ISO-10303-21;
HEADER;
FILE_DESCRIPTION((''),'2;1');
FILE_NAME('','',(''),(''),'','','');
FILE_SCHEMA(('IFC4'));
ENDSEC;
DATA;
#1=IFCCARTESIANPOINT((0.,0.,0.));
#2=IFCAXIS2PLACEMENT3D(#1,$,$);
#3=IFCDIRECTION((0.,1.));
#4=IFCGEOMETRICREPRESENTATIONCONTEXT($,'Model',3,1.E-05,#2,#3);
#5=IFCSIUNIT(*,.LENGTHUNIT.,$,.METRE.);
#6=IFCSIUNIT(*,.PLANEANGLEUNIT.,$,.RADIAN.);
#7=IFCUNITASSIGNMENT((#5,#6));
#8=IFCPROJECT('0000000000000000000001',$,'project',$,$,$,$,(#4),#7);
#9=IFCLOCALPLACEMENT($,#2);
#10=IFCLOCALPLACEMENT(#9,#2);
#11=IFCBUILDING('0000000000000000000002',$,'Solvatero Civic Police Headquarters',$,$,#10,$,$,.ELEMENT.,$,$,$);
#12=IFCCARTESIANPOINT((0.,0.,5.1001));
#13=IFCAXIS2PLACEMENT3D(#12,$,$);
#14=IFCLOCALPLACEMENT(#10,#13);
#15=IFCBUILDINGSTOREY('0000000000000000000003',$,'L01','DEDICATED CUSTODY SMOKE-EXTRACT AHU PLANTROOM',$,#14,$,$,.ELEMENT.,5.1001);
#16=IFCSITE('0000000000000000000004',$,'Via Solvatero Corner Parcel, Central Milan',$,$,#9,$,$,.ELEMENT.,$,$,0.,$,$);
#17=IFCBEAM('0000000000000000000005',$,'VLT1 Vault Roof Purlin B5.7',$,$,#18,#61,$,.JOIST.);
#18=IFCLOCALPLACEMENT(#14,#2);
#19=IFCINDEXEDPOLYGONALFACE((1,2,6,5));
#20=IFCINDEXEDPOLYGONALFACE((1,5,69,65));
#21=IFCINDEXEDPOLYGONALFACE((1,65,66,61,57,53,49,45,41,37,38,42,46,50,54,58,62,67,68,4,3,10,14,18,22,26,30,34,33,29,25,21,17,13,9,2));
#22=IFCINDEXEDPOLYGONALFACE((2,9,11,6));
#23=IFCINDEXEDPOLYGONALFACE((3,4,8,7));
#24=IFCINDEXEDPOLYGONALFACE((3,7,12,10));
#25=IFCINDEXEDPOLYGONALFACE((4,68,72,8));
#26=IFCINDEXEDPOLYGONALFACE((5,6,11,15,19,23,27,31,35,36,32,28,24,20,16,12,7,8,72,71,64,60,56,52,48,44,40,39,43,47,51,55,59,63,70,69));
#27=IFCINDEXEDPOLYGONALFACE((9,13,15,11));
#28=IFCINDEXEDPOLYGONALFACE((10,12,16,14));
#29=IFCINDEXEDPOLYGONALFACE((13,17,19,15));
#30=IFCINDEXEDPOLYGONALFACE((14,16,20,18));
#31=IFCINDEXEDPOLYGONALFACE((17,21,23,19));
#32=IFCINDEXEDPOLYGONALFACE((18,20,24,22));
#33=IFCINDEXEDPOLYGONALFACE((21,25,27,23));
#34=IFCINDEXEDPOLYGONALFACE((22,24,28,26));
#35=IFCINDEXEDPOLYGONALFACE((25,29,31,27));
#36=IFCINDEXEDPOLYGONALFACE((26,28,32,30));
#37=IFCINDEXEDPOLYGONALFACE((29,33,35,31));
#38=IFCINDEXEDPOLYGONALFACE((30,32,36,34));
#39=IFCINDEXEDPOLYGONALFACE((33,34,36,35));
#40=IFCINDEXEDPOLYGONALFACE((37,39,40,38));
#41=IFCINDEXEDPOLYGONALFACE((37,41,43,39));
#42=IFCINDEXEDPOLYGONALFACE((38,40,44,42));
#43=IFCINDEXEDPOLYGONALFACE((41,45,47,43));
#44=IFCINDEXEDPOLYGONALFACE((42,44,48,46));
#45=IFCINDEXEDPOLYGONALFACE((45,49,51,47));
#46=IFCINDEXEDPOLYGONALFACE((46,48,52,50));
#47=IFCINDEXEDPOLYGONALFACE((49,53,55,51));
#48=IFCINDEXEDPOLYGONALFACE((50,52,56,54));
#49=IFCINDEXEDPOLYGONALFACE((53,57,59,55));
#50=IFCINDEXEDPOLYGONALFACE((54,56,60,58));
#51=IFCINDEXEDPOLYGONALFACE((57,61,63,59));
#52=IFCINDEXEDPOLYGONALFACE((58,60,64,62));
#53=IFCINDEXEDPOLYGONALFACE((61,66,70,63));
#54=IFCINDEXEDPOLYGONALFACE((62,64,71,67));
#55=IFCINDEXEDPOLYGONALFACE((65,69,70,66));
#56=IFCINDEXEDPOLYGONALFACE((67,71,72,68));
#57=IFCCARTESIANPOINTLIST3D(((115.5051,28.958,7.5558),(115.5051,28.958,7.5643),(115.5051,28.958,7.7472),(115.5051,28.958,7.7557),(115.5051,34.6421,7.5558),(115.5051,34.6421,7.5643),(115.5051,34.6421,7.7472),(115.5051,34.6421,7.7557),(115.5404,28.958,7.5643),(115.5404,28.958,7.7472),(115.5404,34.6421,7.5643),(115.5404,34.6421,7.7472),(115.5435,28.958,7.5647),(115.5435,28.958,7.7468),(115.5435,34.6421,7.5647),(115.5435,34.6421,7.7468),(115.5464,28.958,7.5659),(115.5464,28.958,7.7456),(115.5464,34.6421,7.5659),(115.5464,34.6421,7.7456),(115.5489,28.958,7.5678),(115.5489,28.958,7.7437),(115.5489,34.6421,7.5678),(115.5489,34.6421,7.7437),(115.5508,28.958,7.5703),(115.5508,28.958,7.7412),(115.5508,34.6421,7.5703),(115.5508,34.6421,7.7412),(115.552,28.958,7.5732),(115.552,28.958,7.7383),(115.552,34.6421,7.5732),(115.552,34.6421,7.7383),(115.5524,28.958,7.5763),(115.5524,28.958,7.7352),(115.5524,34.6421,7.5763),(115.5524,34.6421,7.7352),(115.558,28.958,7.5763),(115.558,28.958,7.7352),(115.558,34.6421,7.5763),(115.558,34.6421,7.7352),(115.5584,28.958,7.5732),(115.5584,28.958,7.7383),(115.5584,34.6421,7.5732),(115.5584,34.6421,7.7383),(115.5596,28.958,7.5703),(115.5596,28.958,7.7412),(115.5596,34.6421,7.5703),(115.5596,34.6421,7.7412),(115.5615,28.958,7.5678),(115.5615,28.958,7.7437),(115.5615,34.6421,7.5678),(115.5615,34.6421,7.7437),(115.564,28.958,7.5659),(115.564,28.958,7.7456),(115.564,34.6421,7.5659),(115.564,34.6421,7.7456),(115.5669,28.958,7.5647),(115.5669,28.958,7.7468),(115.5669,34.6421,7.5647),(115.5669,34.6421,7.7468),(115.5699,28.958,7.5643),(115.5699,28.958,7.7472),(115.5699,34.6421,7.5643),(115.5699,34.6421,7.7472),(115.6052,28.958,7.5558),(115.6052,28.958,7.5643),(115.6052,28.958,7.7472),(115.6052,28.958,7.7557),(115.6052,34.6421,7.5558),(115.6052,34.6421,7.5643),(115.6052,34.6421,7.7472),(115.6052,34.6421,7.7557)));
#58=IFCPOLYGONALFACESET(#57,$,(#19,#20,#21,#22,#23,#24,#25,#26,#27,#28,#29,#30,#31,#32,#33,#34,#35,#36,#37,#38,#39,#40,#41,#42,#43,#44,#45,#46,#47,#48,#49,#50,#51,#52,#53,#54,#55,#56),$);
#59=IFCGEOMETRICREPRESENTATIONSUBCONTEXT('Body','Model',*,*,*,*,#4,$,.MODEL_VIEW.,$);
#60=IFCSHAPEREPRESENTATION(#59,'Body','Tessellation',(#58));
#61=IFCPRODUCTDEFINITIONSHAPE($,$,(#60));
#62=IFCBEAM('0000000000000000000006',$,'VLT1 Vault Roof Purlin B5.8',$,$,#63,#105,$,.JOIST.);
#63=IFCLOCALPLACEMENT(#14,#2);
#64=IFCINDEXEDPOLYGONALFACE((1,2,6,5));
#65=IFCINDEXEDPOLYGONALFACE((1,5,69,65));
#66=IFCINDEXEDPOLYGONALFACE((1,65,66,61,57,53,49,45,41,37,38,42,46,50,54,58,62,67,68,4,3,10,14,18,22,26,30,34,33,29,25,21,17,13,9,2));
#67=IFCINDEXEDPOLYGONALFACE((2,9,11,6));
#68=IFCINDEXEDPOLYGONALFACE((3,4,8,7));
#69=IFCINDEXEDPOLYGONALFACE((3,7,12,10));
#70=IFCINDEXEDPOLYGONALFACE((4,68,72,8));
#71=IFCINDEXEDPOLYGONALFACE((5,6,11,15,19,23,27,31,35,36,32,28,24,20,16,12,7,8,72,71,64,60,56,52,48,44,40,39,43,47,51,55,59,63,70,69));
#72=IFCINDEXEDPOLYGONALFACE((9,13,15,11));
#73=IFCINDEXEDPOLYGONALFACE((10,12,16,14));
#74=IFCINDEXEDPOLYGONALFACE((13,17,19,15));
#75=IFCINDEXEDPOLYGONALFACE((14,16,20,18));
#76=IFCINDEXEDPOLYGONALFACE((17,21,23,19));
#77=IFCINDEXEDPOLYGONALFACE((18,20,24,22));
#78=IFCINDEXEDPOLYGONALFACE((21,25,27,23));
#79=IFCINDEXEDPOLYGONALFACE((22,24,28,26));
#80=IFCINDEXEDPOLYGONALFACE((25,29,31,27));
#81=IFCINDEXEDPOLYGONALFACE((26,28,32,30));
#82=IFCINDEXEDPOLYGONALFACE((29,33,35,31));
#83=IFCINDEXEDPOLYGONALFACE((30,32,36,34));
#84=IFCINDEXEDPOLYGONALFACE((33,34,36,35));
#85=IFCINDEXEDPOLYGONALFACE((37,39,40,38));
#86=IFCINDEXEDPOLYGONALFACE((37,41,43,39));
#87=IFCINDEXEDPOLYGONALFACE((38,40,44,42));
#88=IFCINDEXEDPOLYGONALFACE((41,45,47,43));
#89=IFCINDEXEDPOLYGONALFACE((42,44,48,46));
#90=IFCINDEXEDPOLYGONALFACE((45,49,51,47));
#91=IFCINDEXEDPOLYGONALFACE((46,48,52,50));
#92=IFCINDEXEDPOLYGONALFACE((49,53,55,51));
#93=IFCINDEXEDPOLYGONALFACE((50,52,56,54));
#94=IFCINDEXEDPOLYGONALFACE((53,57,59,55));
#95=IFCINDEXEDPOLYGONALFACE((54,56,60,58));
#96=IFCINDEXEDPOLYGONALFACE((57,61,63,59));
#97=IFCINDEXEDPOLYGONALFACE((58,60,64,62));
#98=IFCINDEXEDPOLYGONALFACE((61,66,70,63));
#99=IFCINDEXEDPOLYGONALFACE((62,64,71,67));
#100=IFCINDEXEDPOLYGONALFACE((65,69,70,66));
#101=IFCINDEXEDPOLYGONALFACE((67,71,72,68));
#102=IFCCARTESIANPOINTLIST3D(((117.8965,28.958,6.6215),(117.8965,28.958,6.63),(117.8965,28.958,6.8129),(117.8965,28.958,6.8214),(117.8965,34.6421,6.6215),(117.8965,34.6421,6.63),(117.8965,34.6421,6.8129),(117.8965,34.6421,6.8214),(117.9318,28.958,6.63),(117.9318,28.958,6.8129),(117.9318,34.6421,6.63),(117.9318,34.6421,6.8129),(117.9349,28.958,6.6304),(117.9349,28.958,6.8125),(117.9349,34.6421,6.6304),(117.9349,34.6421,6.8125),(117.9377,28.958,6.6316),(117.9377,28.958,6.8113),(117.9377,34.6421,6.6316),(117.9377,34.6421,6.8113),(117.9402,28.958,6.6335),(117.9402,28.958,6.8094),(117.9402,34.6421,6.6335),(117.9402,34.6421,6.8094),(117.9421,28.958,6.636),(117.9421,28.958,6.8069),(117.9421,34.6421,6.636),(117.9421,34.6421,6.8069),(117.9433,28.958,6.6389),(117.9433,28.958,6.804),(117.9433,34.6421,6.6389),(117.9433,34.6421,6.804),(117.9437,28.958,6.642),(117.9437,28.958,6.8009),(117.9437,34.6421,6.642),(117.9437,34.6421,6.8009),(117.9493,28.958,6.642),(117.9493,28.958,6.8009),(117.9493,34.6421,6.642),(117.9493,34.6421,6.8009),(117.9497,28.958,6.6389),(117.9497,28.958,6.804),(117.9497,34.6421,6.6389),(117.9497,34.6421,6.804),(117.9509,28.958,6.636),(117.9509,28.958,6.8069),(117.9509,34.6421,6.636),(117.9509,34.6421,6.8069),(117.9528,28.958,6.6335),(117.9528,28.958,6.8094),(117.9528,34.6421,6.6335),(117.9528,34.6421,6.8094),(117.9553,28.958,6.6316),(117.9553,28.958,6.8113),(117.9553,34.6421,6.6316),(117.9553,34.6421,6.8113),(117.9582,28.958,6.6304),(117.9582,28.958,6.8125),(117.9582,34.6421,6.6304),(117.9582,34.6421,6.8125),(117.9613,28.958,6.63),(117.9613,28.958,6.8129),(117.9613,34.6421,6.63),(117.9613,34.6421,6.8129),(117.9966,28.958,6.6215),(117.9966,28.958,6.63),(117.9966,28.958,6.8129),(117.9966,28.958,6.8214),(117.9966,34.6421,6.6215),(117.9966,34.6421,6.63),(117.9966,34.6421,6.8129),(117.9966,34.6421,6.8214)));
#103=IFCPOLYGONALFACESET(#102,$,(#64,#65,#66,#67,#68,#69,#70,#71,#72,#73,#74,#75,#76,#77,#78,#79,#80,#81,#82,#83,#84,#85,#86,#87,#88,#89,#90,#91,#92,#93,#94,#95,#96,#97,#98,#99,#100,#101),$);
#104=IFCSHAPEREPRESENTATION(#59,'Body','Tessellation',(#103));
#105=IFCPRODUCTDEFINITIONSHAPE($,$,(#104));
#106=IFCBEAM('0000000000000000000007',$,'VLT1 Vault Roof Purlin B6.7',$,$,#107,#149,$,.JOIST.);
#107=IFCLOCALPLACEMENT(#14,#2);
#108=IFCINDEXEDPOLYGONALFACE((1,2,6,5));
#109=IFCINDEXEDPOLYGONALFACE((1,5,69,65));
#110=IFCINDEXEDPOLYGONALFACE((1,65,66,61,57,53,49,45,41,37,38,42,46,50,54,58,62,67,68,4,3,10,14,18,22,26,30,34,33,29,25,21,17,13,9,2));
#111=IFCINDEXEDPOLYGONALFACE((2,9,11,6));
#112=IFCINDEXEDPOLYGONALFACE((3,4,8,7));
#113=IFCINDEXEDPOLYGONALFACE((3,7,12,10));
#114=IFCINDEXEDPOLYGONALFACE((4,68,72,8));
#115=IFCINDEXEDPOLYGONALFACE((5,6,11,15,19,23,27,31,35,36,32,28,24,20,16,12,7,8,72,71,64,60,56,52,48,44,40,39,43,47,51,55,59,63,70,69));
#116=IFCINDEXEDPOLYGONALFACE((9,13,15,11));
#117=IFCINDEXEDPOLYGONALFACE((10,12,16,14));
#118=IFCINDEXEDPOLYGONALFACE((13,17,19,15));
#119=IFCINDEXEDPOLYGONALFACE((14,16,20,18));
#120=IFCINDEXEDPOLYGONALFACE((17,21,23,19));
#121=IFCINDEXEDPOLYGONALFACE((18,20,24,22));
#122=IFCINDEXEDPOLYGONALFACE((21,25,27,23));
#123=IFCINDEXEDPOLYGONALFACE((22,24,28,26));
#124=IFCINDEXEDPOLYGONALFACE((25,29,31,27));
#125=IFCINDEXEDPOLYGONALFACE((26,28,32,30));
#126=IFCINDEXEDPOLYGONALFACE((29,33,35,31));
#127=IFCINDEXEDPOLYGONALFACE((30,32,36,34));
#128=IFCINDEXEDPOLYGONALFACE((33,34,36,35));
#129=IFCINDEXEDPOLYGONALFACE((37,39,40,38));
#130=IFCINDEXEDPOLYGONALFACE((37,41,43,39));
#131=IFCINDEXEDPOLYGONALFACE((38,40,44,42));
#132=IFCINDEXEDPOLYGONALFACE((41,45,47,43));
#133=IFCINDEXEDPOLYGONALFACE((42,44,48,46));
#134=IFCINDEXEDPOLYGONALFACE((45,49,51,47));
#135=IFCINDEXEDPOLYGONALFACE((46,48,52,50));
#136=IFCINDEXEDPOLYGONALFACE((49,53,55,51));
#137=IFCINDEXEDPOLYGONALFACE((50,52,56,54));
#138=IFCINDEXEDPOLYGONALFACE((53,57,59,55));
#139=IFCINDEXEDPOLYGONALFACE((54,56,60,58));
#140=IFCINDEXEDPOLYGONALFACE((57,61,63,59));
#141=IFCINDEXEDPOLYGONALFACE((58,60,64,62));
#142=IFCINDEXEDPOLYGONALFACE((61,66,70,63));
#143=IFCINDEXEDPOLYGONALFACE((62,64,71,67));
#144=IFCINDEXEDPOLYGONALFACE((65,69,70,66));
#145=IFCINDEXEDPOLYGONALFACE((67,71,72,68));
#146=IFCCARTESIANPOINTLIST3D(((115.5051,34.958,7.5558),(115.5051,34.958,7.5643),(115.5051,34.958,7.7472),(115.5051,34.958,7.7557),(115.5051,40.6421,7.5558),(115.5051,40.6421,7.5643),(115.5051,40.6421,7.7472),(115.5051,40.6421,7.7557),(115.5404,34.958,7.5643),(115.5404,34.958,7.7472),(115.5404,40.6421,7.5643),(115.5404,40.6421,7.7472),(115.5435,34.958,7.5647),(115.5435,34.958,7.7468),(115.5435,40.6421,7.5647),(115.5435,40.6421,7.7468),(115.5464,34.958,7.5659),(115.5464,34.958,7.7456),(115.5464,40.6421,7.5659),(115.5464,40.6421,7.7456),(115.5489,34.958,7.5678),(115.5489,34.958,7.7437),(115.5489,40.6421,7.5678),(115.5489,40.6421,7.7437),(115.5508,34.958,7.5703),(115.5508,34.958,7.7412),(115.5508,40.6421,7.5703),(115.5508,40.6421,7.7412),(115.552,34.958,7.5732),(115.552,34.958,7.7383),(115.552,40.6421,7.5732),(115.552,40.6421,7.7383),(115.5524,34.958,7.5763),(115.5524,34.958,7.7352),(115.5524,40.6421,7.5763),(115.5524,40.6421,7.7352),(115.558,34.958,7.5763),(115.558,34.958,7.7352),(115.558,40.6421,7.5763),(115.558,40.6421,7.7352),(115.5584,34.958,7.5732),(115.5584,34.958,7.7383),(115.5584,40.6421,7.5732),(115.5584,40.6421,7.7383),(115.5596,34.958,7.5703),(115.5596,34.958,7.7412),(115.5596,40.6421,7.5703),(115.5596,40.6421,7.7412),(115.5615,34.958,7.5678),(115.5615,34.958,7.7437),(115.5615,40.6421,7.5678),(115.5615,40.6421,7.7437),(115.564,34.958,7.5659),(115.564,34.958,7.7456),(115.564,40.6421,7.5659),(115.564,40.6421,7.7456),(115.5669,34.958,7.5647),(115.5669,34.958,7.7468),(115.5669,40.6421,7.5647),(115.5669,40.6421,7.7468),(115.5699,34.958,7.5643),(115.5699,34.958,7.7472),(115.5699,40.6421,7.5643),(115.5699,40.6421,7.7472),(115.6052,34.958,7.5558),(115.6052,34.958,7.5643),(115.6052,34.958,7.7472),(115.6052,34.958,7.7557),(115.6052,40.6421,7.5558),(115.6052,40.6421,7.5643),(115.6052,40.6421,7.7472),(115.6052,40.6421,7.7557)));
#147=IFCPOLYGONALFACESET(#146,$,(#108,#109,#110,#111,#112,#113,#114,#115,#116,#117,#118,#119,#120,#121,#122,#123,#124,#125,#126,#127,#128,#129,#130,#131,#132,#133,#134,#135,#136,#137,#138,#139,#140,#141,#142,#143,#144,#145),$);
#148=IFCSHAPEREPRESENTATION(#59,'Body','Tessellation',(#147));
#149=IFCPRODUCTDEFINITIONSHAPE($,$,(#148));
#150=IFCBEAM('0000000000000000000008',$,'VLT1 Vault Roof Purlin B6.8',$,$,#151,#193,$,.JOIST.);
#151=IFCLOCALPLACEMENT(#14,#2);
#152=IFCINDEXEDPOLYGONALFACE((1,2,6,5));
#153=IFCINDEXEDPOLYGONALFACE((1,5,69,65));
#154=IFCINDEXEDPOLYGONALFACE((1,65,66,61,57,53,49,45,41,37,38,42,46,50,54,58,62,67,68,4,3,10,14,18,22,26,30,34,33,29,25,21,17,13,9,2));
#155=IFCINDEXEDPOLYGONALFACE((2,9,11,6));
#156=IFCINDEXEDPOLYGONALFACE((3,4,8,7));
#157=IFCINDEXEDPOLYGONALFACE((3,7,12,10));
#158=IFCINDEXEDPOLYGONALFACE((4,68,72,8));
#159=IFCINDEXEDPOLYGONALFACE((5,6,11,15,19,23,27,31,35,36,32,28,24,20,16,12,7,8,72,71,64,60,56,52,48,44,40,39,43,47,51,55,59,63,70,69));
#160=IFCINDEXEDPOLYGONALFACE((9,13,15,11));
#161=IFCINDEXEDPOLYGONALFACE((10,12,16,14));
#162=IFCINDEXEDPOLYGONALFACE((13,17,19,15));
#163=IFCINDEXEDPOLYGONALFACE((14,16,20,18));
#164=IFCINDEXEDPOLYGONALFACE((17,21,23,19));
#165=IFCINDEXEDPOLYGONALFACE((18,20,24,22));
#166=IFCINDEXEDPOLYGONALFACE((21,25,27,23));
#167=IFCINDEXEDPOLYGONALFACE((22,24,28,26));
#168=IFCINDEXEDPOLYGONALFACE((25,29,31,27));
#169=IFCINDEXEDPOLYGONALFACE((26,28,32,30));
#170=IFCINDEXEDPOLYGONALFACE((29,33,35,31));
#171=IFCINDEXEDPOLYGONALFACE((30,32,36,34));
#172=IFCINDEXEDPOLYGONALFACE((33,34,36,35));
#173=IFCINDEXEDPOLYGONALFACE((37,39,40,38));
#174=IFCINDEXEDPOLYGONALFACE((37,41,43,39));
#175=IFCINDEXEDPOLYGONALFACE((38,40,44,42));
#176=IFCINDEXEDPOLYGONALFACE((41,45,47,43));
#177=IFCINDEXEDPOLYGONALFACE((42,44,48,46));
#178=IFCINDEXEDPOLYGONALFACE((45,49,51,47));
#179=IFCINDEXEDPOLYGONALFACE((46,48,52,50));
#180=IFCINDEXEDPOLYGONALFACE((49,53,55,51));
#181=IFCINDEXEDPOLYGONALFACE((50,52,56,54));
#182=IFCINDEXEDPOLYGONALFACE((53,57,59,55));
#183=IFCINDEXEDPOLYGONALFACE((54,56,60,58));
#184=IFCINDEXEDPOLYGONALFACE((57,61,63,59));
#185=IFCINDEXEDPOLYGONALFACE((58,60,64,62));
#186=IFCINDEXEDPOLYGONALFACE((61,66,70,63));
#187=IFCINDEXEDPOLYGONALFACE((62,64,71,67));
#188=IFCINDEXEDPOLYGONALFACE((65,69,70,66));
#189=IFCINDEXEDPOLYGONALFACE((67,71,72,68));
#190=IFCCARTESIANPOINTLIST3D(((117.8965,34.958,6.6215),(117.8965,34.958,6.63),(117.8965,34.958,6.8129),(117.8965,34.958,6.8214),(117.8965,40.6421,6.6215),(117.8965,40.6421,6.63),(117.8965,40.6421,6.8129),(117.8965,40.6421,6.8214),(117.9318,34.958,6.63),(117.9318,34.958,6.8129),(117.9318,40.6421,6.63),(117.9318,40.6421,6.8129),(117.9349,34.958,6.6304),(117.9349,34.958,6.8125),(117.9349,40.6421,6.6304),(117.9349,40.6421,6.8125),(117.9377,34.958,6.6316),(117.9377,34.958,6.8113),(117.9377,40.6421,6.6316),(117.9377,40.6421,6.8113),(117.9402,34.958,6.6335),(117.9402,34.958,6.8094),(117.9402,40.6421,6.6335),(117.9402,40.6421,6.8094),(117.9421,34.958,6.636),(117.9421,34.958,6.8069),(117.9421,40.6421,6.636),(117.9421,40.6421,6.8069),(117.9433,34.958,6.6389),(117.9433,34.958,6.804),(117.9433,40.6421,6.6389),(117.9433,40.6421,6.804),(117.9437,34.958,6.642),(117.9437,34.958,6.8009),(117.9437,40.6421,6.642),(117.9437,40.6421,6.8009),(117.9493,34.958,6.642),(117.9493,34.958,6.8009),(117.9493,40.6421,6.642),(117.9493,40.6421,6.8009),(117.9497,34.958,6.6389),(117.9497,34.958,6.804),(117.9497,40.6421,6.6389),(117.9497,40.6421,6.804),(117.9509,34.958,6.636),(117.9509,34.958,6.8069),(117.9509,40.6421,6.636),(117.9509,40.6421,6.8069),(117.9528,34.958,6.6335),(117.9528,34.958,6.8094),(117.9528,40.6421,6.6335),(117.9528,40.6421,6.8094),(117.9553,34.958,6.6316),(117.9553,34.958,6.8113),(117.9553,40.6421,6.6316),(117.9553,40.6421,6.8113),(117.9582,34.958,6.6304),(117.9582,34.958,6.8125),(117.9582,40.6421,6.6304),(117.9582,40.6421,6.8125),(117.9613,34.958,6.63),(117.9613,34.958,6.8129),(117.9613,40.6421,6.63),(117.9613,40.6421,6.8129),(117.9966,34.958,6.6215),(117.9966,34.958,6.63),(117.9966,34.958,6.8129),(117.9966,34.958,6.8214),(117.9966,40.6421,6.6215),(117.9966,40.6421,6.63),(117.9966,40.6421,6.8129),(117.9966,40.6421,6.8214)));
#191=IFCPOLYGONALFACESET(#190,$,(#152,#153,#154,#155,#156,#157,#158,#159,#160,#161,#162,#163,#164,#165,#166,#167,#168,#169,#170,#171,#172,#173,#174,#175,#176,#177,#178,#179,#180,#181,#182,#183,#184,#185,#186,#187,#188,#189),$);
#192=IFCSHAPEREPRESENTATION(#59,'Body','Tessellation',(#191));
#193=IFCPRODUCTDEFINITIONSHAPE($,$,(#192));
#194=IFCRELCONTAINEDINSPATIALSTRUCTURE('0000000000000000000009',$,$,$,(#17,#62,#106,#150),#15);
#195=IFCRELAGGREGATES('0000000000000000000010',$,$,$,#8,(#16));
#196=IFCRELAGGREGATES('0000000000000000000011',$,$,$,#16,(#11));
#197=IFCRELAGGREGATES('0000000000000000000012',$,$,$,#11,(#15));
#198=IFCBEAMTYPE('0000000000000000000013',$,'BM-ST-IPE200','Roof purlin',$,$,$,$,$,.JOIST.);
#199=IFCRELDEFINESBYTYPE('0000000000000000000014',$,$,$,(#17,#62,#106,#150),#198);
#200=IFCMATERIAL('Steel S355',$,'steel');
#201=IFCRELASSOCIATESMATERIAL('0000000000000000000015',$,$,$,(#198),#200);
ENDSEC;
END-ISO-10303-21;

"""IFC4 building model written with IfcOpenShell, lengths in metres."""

from ifc_helpers import new_model, si_unit, direction, frame, origin, origin_2d, place, context, subcontext, project, spatial, i_section, extrude, material, material_profile, profile_set, type_object, element, save


model = new_model("IFC4")

# Units and contexts
model_context = context("Model", 3, precision=1e-05, world=origin(), true_north=direction((0.0, 1.0)))
body_context = subcontext(model_context, "Body", "Model", "MODEL_VIEW")
ifc_project = project(units=[si_unit("LENGTHUNIT", "METRE"), si_unit("PLANEANGLEUNIT", "RADIAN")], contexts=[model_context])

# Site, building, storey
site_placement = place(None, origin())
site = spatial("IfcSite", under=ifc_project, at=site_placement, Name="Via Solvatero Corner Parcel, Central Milan", CompositionType="ELEMENT", RefElevation=0.0)
building_placement = place(site_placement, origin())
building = spatial("IfcBuilding", under=site, at=building_placement, Name="Solvatero Civic Police Headquarters", CompositionType="ELEMENT")
storey_placement = place(building_placement, frame((0.0, 0.0, 5.1001)))
storey = spatial("IfcBuildingStorey", under=building, at=storey_placement, Name="L01", Description="DEDICATED CUSTODY SMOKE-EXTRACT AHU PLANTROOM", CompositionType="ELEMENT", Elevation=5.1001)

# Beams
ifc_material_1 = material(Name="Steel S355", Category="steel")
ifc_material_profile_1 = material_profile(ifc_material_1, i_section(OverallWidth=0.1001, OverallDepth=0.2, WebThickness=0.0056, FlangeThickness=0.0085, FilletRadius=0.012, at=origin_2d()), Name="IPE 200")
ifc_profile_set_1 = profile_set([ifc_material_profile_1], Name="Steel S355")
beam_type_1 = type_object("IfcBeamType", Name="BM-ST-IPE200", Description="Roof purlin", PredefinedType="JOIST", material=ifc_profile_set_1)
for number, where, z_axis, x_axis, name in (
    (1, (115.5552, 28.958, 7.6558), (0.0, 1.0, 0.0), (-1.0, 0.0, 0.0), "VLT1 Vault Roof Purlin B5.7"),
    (2, (117.9465, 28.958, 6.7214), (0.0, 1.0, 0.0), (-1.0, 0.0, 0.0), "VLT1 Vault Roof Purlin B5.8"),
    (3, (115.5552, 34.958, 7.6558), (0.0, 1.0, 0.0), (-1.0, 0.0, 0.0), "VLT1 Vault Roof Purlin B6.7"),
    (4, (117.9465, 34.958, 6.7214), (0.0, 1.0, 0.0), (-1.0, 0.0, 0.0), "VLT1 Vault Roof Purlin B6.8"),
):
    element("IfcBeam", number, at=place(storey_placement, frame(where, z_axis=z_axis, x_axis=x_axis)), inside=storey, type_object=beam_type_1, Name=name, PredefinedType="JOIST", context=body_context, shape_type="SweptSolid", body=[
        extrude(i_section(OverallWidth=0.1001, OverallDepth=0.2, WebThickness=0.0056, FlangeThickness=0.0085, FilletRadius=0.012, at=origin_2d()), origin(), (0.0, 0.0, 1.0), 5.6841),
    ])

save(model, "model.ifc")
